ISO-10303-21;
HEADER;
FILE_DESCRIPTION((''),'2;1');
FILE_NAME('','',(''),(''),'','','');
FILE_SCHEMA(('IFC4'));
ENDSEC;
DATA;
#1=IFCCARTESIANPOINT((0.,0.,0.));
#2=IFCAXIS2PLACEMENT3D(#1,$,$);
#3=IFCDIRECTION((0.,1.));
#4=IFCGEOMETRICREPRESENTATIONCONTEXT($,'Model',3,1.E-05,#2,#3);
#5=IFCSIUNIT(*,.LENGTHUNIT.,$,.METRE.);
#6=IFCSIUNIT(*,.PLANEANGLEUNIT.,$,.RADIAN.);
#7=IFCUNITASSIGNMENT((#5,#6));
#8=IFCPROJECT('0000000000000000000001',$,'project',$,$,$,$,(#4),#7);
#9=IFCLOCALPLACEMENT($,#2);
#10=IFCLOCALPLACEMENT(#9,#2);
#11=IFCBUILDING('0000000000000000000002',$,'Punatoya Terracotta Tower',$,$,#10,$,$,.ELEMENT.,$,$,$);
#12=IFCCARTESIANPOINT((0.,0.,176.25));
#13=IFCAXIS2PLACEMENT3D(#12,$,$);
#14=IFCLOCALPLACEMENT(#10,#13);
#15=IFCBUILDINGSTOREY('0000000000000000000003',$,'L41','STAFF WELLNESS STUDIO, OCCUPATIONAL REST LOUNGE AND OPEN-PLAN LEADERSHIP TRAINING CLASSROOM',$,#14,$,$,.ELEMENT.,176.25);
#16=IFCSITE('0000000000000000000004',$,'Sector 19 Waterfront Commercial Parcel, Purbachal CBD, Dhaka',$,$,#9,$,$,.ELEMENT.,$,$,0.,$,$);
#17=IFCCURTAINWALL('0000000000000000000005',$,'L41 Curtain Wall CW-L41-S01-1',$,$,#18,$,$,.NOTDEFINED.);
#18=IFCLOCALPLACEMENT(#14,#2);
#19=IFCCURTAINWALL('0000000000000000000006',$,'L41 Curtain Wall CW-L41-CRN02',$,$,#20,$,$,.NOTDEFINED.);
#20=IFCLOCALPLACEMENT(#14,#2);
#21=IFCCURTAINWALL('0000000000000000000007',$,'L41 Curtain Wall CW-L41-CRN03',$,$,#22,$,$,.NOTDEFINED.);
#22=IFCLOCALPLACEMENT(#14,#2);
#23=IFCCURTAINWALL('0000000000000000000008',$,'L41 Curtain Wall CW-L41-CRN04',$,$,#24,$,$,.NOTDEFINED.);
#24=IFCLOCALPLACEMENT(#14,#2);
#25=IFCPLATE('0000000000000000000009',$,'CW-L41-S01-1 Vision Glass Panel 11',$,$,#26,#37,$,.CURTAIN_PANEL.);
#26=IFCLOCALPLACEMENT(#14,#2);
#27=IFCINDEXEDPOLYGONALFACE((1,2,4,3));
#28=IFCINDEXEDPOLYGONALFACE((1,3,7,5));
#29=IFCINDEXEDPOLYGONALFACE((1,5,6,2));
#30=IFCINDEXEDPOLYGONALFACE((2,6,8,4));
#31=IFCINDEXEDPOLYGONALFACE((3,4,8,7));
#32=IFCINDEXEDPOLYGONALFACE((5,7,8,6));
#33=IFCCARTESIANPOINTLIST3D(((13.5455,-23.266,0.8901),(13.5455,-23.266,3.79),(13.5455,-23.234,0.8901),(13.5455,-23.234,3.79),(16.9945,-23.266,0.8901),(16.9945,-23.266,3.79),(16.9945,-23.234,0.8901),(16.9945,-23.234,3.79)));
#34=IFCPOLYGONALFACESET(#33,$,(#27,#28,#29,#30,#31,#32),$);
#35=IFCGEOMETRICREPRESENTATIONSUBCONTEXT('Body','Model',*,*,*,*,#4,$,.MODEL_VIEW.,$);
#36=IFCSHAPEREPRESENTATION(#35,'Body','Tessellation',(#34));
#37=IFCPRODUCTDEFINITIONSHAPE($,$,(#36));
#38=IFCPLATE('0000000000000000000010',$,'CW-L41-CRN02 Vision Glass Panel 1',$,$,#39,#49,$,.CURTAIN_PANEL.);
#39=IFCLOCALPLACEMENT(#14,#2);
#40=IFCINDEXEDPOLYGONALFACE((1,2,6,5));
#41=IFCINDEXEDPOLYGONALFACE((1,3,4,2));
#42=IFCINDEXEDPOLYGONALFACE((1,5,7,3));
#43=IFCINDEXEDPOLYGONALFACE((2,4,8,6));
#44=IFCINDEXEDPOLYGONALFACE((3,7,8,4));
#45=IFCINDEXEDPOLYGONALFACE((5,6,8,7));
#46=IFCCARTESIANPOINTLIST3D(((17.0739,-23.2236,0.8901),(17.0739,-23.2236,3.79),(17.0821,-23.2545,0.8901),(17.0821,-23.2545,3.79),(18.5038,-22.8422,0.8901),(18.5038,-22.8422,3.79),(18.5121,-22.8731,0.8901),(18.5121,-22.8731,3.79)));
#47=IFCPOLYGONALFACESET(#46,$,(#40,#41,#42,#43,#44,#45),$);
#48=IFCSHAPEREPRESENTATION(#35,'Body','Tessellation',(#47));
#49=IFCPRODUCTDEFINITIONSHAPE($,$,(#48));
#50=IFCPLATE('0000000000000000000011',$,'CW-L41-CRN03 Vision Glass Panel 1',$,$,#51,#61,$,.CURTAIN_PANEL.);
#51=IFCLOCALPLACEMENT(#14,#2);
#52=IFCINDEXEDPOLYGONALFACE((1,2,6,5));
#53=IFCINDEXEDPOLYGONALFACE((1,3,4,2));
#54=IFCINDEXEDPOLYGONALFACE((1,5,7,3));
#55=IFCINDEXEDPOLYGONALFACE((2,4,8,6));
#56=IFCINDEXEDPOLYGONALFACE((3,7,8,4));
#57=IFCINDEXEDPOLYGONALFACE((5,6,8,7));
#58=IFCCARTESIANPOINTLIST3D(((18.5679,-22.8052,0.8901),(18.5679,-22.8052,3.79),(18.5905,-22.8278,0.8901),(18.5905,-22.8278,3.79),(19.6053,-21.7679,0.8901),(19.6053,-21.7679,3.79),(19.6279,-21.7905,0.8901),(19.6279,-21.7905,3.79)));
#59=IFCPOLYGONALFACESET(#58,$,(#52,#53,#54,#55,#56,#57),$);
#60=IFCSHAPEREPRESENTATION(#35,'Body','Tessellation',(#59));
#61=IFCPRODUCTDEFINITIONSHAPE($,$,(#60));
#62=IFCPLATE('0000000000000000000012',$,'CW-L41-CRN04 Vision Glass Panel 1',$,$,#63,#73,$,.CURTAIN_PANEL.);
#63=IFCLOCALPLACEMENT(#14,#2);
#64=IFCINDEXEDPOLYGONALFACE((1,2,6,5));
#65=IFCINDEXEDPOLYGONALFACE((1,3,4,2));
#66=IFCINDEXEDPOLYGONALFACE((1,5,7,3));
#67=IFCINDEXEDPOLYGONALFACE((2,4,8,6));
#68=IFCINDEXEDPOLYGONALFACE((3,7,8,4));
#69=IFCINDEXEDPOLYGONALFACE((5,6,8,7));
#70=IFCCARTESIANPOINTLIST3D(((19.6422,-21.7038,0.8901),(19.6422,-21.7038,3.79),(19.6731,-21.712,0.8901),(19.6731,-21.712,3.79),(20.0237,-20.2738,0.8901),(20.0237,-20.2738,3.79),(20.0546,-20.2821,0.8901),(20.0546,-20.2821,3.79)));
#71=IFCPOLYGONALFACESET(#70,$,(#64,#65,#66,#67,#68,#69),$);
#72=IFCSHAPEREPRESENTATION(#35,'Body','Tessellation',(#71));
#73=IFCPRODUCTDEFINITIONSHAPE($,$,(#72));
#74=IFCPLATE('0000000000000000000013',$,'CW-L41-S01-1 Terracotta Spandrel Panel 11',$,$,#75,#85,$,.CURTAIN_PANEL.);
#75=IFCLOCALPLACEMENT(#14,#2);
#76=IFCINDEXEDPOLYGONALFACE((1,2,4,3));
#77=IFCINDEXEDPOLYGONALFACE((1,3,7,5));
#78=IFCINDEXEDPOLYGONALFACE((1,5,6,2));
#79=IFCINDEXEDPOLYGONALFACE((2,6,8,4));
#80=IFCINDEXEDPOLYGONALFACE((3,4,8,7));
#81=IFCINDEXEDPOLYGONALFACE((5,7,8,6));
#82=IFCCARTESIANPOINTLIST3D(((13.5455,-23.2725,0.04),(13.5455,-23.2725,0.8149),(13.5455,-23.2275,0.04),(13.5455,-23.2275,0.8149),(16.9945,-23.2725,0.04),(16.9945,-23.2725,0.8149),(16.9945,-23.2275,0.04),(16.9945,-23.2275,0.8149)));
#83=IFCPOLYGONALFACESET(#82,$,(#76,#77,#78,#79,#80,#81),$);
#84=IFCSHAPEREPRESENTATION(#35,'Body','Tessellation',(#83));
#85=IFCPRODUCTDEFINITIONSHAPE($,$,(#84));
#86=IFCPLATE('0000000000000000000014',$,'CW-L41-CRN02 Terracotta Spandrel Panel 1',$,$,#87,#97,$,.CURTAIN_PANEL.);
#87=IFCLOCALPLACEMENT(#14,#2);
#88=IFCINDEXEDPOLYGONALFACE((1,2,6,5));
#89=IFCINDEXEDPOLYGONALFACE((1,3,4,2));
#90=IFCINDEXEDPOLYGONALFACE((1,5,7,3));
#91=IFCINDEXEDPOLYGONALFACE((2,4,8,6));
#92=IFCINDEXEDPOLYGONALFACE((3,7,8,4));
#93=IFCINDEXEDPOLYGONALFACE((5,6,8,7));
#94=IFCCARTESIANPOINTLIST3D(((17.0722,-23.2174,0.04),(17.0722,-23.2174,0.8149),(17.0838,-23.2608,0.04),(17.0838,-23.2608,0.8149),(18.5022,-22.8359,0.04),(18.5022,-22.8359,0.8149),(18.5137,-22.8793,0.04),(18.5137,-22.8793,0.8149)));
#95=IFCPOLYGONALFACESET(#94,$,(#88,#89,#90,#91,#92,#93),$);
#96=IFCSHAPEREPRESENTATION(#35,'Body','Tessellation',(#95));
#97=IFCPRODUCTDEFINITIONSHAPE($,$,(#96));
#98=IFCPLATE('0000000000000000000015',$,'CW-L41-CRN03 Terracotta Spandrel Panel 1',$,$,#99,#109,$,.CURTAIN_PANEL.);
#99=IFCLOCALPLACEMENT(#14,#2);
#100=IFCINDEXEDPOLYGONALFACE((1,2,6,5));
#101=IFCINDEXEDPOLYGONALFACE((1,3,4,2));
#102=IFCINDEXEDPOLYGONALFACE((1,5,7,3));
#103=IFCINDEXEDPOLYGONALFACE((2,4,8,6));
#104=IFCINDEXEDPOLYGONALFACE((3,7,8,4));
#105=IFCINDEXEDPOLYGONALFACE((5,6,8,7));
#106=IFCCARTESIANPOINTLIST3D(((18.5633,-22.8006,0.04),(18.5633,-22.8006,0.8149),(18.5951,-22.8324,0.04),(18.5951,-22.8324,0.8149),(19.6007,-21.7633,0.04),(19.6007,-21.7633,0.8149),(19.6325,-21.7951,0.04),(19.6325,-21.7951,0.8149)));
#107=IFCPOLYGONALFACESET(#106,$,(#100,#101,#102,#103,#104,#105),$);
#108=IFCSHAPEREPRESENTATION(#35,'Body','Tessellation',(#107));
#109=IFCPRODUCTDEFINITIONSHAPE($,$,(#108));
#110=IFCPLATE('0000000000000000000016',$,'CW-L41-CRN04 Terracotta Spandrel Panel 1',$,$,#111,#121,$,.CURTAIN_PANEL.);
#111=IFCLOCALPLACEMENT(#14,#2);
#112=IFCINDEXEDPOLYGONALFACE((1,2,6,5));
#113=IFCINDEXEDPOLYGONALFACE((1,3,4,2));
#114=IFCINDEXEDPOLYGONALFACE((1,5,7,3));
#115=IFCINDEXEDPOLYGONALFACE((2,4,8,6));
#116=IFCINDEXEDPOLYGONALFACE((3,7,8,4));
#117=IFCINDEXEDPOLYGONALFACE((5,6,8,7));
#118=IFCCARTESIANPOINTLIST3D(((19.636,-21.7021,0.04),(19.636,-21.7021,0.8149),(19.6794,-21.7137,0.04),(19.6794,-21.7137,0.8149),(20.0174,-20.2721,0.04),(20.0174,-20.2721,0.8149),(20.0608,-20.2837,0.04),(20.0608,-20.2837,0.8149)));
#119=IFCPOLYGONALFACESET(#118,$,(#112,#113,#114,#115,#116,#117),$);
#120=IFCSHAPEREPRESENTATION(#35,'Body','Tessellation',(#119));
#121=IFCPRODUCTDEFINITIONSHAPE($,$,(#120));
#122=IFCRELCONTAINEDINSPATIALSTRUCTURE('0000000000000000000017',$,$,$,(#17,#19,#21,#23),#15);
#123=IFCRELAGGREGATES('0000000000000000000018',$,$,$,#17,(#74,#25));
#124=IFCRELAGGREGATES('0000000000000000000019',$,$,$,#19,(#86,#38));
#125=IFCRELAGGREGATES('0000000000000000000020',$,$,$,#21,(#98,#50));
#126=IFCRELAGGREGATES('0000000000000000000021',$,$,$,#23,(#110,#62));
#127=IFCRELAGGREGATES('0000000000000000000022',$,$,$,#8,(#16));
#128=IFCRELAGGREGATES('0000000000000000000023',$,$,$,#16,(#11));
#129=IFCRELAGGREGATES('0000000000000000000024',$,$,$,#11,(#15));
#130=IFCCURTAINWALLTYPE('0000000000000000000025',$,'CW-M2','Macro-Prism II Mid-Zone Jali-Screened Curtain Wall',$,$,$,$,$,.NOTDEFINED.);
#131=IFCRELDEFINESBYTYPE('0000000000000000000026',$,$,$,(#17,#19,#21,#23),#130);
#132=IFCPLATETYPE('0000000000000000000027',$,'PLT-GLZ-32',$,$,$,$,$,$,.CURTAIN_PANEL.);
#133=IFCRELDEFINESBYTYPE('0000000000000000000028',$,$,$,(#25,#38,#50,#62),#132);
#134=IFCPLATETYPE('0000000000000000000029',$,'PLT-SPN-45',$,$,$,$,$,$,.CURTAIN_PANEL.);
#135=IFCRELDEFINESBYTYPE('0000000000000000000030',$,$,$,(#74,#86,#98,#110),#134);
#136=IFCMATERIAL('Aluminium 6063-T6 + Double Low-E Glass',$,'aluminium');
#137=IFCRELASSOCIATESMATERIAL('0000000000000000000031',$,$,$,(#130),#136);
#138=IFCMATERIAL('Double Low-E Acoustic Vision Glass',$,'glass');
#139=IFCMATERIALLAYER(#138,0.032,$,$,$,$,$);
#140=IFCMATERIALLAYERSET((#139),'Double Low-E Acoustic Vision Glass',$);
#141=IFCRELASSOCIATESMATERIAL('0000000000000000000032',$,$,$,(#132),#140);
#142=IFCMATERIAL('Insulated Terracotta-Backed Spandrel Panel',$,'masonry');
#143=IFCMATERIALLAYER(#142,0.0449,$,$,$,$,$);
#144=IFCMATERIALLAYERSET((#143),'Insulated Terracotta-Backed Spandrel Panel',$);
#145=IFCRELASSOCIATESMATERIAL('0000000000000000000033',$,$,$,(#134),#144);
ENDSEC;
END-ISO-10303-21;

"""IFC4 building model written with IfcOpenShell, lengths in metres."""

from ifc_helpers import new_model, si_unit, direction, frame, origin, origin_2d, place, context, subcontext, project, spatial, rectangle, extrude, material, layer, layer_set, type_object, element, aggregate, save


model = new_model("IFC4")

# Units and contexts
model_context = context("Model", 3, precision=1e-05, world=origin(), true_north=direction((0.0, 1.0)))
body_context = subcontext(model_context, "Body", "Model", "MODEL_VIEW")
ifc_project = project(units=[si_unit("LENGTHUNIT", "METRE"), si_unit("PLANEANGLEUNIT", "RADIAN")], contexts=[model_context])

# Site, building, storey
site_placement = place(None, origin())
site = spatial("IfcSite", under=ifc_project, at=site_placement, Name="Sector 19 Waterfront Commercial Parcel, Purbachal CBD, Dhaka", CompositionType="ELEMENT", RefElevation=0.0)
building_placement = place(site_placement, origin())
building = spatial("IfcBuilding", under=site, at=building_placement, Name="Punatoya Terracotta Tower", CompositionType="ELEMENT")
storey_placement = place(building_placement, frame((0.0, 0.0, 176.25)))
storey = spatial("IfcBuildingStorey", under=building, at=storey_placement, Name="L41", Description="STAFF WELLNESS STUDIO, OCCUPATIONAL REST LOUNGE AND OPEN-PLAN LEADERSHIP TRAINING CLASSROOM", CompositionType="ELEMENT", Elevation=176.25)

# Curtain walls
ifc_material_1 = material(Name="Aluminium 6063-T6 + Double Low-E Glass", Category="aluminium")
curtain_wall_type = type_object("IfcCurtainWallType", Name="CW-M2", Description="Macro-Prism II Mid-Zone Jali-Screened Curtain Wall", PredefinedType="NOTDEFINED", material=ifc_material_1)
curtain_wall_1_placement = place(storey_placement, origin())
curtain_wall_1 = element("IfcCurtainWall", 1, at=curtain_wall_1_placement, inside=storey, type_object=curtain_wall_type, Name="L41 Curtain Wall CW-L41-S01-1", PredefinedType="NOTDEFINED")
curtain_wall_2_placement = place(storey_placement, origin())
curtain_wall_2 = element("IfcCurtainWall", 2, at=curtain_wall_2_placement, inside=storey, type_object=curtain_wall_type, Name="L41 Curtain Wall CW-L41-CRN02", PredefinedType="NOTDEFINED")
curtain_wall_3_placement = place(storey_placement, origin())
curtain_wall_3 = element("IfcCurtainWall", 3, at=curtain_wall_3_placement, inside=storey, type_object=curtain_wall_type, Name="L41 Curtain Wall CW-L41-CRN03", PredefinedType="NOTDEFINED")

# Curtain wall
curtain_wall_4_placement = place(storey_placement, origin())
curtain_wall_4 = element("IfcCurtainWall", 4, at=curtain_wall_4_placement, inside=storey, type_object=curtain_wall_type, Name="L41 Curtain Wall CW-L41-CRN04", PredefinedType="NOTDEFINED")

# Plates
ifc_material_2 = material(Name="Double Low-E Acoustic Vision Glass", Category="glass")
ifc_layer_1 = layer(ifc_material_2, 0.032)
ifc_layer_set_1 = layer_set([ifc_layer_1], Name="Double Low-E Acoustic Vision Glass")
plate_type_1 = type_object("IfcPlateType", Name="PLT-GLZ-32", PredefinedType="CURTAIN_PANEL", material=ifc_layer_set_1)
plate_1_placement = place(storey_placement, frame((15.27, -23.25, 0.8901), z_axis=(0.0, 0.0, 1.0), x_axis=(1.0, 0.0, 0.0)))
plate_1 = element("IfcPlate", 5, at=plate_1_placement, type_object=plate_type_1, Name="CW-L41-S01-1 Vision Glass Panel 11", PredefinedType="CURTAIN_PANEL", context=body_context, shape_type="SweptSolid", body=[
    extrude(rectangle(XDim=3.449, YDim=0.032, at=origin_2d()), origin(), (0.0, 0.0, 1.0), 2.8999),
])
plate_2_placement = place(storey_placement, frame((17.793, -23.0483, 0.8901), z_axis=(0.0, 0.0, 1.0), x_axis=(0.966214, 0.257742, 0.0)))
plate_2 = element("IfcPlate", 6, at=plate_2_placement, type_object=plate_type_1, Name="CW-L41-CRN02 Vision Glass Panel 1", PredefinedType="CURTAIN_PANEL", context=body_context, shape_type="SweptSolid", body=[
    extrude(rectangle(XDim=1.48, YDim=0.032, at=origin_2d()), origin(), (0.0, 0.0, 1.0), 2.8999),
])
plate_3_placement = place(storey_placement, frame((19.0979, -22.2979, 0.8901), z_axis=(0.0, 0.0, 1.0), x_axis=(0.707107, 0.707107, 0.0)))
plate_3 = element("IfcPlate", 7, at=plate_3_placement, type_object=plate_type_1, Name="CW-L41-CRN03 Vision Glass Panel 1", PredefinedType="CURTAIN_PANEL", context=body_context, shape_type="SweptSolid", body=[
    extrude(rectangle(XDim=1.467, YDim=0.032, at=origin_2d()), origin(), (0.0, 0.0, 1.0), 2.8999),
])
plate_4_placement = place(storey_placement, frame((19.8484, -20.9929, 0.8901), z_axis=(0.0, 0.0, 1.0), x_axis=(0.257742, 0.966214, 0.0)))
plate_4 = element("IfcPlate", 8, at=plate_4_placement, type_object=plate_type_1, Name="CW-L41-CRN04 Vision Glass Panel 1", PredefinedType="CURTAIN_PANEL", context=body_context, shape_type="SweptSolid", body=[
    extrude(rectangle(XDim=1.48, YDim=0.032, at=origin_2d()), origin(), (0.0, 0.0, 1.0), 2.8999),
])
ifc_material_3 = material(Name="Insulated Terracotta-Backed Spandrel Panel", Category="masonry")
ifc_layer_2 = layer(ifc_material_3, 0.0449)
ifc_layer_set_2 = layer_set([ifc_layer_2], Name="Insulated Terracotta-Backed Spandrel Panel")
plate_type_2 = type_object("IfcPlateType", Name="PLT-SPN-45", PredefinedType="CURTAIN_PANEL", material=ifc_layer_set_2)
plate_5_placement = place(storey_placement, frame((15.27, -23.25, 0.04), z_axis=(0.0, 0.0, 1.0), x_axis=(1.0, 0.0, 0.0)))
plate_5 = element("IfcPlate", 9, at=plate_5_placement, type_object=plate_type_2, Name="CW-L41-S01-1 Terracotta Spandrel Panel 11", PredefinedType="CURTAIN_PANEL", context=body_context, shape_type="SweptSolid", body=[
    extrude(rectangle(XDim=3.449, YDim=0.0449, at=origin_2d()), origin(), (0.0, 0.0, 1.0), 0.7749),
])
aggregate(curtain_wall_1, [plate_5, plate_1])
plate_6_placement = place(storey_placement, frame((17.793, -23.0483, 0.04), z_axis=(0.0, 0.0, 1.0), x_axis=(0.966214, 0.257742, 0.0)))
plate_6 = element("IfcPlate", 10, at=plate_6_placement, type_object=plate_type_2, Name="CW-L41-CRN02 Terracotta Spandrel Panel 1", PredefinedType="CURTAIN_PANEL", context=body_context, shape_type="SweptSolid", body=[
    extrude(rectangle(XDim=1.48, YDim=0.0449, at=origin_2d()), origin(), (0.0, 0.0, 1.0), 0.7749),
])
aggregate(curtain_wall_2, [plate_6, plate_2])
plate_7_placement = place(storey_placement, frame((19.0979, -22.2979, 0.04), z_axis=(0.0, 0.0, 1.0), x_axis=(0.707107, 0.707107, 0.0)))
plate_7 = element("IfcPlate", 11, at=plate_7_placement, type_object=plate_type_2, Name="CW-L41-CRN03 Terracotta Spandrel Panel 1", PredefinedType="CURTAIN_PANEL", context=body_context, shape_type="SweptSolid", body=[
    extrude(rectangle(XDim=1.467, YDim=0.0449, at=origin_2d()), origin(), (0.0, 0.0, 1.0), 0.7749),
])
aggregate(curtain_wall_3, [plate_7, plate_3])
plate_8_placement = place(storey_placement, frame((19.8484, -20.9929, 0.04), z_axis=(0.0, 0.0, 1.0), x_axis=(0.257742, 0.966214, 0.0)))
plate_8 = element("IfcPlate", 12, at=plate_8_placement, type_object=plate_type_2, Name="CW-L41-CRN04 Terracotta Spandrel Panel 1", PredefinedType="CURTAIN_PANEL", context=body_context, shape_type="SweptSolid", body=[
    extrude(rectangle(XDim=1.48, YDim=0.0449, at=origin_2d()), origin(), (0.0, 0.0, 1.0), 0.7749),
])
aggregate(curtain_wall_4, [plate_8, plate_4])

save(model, "model.ifc")
